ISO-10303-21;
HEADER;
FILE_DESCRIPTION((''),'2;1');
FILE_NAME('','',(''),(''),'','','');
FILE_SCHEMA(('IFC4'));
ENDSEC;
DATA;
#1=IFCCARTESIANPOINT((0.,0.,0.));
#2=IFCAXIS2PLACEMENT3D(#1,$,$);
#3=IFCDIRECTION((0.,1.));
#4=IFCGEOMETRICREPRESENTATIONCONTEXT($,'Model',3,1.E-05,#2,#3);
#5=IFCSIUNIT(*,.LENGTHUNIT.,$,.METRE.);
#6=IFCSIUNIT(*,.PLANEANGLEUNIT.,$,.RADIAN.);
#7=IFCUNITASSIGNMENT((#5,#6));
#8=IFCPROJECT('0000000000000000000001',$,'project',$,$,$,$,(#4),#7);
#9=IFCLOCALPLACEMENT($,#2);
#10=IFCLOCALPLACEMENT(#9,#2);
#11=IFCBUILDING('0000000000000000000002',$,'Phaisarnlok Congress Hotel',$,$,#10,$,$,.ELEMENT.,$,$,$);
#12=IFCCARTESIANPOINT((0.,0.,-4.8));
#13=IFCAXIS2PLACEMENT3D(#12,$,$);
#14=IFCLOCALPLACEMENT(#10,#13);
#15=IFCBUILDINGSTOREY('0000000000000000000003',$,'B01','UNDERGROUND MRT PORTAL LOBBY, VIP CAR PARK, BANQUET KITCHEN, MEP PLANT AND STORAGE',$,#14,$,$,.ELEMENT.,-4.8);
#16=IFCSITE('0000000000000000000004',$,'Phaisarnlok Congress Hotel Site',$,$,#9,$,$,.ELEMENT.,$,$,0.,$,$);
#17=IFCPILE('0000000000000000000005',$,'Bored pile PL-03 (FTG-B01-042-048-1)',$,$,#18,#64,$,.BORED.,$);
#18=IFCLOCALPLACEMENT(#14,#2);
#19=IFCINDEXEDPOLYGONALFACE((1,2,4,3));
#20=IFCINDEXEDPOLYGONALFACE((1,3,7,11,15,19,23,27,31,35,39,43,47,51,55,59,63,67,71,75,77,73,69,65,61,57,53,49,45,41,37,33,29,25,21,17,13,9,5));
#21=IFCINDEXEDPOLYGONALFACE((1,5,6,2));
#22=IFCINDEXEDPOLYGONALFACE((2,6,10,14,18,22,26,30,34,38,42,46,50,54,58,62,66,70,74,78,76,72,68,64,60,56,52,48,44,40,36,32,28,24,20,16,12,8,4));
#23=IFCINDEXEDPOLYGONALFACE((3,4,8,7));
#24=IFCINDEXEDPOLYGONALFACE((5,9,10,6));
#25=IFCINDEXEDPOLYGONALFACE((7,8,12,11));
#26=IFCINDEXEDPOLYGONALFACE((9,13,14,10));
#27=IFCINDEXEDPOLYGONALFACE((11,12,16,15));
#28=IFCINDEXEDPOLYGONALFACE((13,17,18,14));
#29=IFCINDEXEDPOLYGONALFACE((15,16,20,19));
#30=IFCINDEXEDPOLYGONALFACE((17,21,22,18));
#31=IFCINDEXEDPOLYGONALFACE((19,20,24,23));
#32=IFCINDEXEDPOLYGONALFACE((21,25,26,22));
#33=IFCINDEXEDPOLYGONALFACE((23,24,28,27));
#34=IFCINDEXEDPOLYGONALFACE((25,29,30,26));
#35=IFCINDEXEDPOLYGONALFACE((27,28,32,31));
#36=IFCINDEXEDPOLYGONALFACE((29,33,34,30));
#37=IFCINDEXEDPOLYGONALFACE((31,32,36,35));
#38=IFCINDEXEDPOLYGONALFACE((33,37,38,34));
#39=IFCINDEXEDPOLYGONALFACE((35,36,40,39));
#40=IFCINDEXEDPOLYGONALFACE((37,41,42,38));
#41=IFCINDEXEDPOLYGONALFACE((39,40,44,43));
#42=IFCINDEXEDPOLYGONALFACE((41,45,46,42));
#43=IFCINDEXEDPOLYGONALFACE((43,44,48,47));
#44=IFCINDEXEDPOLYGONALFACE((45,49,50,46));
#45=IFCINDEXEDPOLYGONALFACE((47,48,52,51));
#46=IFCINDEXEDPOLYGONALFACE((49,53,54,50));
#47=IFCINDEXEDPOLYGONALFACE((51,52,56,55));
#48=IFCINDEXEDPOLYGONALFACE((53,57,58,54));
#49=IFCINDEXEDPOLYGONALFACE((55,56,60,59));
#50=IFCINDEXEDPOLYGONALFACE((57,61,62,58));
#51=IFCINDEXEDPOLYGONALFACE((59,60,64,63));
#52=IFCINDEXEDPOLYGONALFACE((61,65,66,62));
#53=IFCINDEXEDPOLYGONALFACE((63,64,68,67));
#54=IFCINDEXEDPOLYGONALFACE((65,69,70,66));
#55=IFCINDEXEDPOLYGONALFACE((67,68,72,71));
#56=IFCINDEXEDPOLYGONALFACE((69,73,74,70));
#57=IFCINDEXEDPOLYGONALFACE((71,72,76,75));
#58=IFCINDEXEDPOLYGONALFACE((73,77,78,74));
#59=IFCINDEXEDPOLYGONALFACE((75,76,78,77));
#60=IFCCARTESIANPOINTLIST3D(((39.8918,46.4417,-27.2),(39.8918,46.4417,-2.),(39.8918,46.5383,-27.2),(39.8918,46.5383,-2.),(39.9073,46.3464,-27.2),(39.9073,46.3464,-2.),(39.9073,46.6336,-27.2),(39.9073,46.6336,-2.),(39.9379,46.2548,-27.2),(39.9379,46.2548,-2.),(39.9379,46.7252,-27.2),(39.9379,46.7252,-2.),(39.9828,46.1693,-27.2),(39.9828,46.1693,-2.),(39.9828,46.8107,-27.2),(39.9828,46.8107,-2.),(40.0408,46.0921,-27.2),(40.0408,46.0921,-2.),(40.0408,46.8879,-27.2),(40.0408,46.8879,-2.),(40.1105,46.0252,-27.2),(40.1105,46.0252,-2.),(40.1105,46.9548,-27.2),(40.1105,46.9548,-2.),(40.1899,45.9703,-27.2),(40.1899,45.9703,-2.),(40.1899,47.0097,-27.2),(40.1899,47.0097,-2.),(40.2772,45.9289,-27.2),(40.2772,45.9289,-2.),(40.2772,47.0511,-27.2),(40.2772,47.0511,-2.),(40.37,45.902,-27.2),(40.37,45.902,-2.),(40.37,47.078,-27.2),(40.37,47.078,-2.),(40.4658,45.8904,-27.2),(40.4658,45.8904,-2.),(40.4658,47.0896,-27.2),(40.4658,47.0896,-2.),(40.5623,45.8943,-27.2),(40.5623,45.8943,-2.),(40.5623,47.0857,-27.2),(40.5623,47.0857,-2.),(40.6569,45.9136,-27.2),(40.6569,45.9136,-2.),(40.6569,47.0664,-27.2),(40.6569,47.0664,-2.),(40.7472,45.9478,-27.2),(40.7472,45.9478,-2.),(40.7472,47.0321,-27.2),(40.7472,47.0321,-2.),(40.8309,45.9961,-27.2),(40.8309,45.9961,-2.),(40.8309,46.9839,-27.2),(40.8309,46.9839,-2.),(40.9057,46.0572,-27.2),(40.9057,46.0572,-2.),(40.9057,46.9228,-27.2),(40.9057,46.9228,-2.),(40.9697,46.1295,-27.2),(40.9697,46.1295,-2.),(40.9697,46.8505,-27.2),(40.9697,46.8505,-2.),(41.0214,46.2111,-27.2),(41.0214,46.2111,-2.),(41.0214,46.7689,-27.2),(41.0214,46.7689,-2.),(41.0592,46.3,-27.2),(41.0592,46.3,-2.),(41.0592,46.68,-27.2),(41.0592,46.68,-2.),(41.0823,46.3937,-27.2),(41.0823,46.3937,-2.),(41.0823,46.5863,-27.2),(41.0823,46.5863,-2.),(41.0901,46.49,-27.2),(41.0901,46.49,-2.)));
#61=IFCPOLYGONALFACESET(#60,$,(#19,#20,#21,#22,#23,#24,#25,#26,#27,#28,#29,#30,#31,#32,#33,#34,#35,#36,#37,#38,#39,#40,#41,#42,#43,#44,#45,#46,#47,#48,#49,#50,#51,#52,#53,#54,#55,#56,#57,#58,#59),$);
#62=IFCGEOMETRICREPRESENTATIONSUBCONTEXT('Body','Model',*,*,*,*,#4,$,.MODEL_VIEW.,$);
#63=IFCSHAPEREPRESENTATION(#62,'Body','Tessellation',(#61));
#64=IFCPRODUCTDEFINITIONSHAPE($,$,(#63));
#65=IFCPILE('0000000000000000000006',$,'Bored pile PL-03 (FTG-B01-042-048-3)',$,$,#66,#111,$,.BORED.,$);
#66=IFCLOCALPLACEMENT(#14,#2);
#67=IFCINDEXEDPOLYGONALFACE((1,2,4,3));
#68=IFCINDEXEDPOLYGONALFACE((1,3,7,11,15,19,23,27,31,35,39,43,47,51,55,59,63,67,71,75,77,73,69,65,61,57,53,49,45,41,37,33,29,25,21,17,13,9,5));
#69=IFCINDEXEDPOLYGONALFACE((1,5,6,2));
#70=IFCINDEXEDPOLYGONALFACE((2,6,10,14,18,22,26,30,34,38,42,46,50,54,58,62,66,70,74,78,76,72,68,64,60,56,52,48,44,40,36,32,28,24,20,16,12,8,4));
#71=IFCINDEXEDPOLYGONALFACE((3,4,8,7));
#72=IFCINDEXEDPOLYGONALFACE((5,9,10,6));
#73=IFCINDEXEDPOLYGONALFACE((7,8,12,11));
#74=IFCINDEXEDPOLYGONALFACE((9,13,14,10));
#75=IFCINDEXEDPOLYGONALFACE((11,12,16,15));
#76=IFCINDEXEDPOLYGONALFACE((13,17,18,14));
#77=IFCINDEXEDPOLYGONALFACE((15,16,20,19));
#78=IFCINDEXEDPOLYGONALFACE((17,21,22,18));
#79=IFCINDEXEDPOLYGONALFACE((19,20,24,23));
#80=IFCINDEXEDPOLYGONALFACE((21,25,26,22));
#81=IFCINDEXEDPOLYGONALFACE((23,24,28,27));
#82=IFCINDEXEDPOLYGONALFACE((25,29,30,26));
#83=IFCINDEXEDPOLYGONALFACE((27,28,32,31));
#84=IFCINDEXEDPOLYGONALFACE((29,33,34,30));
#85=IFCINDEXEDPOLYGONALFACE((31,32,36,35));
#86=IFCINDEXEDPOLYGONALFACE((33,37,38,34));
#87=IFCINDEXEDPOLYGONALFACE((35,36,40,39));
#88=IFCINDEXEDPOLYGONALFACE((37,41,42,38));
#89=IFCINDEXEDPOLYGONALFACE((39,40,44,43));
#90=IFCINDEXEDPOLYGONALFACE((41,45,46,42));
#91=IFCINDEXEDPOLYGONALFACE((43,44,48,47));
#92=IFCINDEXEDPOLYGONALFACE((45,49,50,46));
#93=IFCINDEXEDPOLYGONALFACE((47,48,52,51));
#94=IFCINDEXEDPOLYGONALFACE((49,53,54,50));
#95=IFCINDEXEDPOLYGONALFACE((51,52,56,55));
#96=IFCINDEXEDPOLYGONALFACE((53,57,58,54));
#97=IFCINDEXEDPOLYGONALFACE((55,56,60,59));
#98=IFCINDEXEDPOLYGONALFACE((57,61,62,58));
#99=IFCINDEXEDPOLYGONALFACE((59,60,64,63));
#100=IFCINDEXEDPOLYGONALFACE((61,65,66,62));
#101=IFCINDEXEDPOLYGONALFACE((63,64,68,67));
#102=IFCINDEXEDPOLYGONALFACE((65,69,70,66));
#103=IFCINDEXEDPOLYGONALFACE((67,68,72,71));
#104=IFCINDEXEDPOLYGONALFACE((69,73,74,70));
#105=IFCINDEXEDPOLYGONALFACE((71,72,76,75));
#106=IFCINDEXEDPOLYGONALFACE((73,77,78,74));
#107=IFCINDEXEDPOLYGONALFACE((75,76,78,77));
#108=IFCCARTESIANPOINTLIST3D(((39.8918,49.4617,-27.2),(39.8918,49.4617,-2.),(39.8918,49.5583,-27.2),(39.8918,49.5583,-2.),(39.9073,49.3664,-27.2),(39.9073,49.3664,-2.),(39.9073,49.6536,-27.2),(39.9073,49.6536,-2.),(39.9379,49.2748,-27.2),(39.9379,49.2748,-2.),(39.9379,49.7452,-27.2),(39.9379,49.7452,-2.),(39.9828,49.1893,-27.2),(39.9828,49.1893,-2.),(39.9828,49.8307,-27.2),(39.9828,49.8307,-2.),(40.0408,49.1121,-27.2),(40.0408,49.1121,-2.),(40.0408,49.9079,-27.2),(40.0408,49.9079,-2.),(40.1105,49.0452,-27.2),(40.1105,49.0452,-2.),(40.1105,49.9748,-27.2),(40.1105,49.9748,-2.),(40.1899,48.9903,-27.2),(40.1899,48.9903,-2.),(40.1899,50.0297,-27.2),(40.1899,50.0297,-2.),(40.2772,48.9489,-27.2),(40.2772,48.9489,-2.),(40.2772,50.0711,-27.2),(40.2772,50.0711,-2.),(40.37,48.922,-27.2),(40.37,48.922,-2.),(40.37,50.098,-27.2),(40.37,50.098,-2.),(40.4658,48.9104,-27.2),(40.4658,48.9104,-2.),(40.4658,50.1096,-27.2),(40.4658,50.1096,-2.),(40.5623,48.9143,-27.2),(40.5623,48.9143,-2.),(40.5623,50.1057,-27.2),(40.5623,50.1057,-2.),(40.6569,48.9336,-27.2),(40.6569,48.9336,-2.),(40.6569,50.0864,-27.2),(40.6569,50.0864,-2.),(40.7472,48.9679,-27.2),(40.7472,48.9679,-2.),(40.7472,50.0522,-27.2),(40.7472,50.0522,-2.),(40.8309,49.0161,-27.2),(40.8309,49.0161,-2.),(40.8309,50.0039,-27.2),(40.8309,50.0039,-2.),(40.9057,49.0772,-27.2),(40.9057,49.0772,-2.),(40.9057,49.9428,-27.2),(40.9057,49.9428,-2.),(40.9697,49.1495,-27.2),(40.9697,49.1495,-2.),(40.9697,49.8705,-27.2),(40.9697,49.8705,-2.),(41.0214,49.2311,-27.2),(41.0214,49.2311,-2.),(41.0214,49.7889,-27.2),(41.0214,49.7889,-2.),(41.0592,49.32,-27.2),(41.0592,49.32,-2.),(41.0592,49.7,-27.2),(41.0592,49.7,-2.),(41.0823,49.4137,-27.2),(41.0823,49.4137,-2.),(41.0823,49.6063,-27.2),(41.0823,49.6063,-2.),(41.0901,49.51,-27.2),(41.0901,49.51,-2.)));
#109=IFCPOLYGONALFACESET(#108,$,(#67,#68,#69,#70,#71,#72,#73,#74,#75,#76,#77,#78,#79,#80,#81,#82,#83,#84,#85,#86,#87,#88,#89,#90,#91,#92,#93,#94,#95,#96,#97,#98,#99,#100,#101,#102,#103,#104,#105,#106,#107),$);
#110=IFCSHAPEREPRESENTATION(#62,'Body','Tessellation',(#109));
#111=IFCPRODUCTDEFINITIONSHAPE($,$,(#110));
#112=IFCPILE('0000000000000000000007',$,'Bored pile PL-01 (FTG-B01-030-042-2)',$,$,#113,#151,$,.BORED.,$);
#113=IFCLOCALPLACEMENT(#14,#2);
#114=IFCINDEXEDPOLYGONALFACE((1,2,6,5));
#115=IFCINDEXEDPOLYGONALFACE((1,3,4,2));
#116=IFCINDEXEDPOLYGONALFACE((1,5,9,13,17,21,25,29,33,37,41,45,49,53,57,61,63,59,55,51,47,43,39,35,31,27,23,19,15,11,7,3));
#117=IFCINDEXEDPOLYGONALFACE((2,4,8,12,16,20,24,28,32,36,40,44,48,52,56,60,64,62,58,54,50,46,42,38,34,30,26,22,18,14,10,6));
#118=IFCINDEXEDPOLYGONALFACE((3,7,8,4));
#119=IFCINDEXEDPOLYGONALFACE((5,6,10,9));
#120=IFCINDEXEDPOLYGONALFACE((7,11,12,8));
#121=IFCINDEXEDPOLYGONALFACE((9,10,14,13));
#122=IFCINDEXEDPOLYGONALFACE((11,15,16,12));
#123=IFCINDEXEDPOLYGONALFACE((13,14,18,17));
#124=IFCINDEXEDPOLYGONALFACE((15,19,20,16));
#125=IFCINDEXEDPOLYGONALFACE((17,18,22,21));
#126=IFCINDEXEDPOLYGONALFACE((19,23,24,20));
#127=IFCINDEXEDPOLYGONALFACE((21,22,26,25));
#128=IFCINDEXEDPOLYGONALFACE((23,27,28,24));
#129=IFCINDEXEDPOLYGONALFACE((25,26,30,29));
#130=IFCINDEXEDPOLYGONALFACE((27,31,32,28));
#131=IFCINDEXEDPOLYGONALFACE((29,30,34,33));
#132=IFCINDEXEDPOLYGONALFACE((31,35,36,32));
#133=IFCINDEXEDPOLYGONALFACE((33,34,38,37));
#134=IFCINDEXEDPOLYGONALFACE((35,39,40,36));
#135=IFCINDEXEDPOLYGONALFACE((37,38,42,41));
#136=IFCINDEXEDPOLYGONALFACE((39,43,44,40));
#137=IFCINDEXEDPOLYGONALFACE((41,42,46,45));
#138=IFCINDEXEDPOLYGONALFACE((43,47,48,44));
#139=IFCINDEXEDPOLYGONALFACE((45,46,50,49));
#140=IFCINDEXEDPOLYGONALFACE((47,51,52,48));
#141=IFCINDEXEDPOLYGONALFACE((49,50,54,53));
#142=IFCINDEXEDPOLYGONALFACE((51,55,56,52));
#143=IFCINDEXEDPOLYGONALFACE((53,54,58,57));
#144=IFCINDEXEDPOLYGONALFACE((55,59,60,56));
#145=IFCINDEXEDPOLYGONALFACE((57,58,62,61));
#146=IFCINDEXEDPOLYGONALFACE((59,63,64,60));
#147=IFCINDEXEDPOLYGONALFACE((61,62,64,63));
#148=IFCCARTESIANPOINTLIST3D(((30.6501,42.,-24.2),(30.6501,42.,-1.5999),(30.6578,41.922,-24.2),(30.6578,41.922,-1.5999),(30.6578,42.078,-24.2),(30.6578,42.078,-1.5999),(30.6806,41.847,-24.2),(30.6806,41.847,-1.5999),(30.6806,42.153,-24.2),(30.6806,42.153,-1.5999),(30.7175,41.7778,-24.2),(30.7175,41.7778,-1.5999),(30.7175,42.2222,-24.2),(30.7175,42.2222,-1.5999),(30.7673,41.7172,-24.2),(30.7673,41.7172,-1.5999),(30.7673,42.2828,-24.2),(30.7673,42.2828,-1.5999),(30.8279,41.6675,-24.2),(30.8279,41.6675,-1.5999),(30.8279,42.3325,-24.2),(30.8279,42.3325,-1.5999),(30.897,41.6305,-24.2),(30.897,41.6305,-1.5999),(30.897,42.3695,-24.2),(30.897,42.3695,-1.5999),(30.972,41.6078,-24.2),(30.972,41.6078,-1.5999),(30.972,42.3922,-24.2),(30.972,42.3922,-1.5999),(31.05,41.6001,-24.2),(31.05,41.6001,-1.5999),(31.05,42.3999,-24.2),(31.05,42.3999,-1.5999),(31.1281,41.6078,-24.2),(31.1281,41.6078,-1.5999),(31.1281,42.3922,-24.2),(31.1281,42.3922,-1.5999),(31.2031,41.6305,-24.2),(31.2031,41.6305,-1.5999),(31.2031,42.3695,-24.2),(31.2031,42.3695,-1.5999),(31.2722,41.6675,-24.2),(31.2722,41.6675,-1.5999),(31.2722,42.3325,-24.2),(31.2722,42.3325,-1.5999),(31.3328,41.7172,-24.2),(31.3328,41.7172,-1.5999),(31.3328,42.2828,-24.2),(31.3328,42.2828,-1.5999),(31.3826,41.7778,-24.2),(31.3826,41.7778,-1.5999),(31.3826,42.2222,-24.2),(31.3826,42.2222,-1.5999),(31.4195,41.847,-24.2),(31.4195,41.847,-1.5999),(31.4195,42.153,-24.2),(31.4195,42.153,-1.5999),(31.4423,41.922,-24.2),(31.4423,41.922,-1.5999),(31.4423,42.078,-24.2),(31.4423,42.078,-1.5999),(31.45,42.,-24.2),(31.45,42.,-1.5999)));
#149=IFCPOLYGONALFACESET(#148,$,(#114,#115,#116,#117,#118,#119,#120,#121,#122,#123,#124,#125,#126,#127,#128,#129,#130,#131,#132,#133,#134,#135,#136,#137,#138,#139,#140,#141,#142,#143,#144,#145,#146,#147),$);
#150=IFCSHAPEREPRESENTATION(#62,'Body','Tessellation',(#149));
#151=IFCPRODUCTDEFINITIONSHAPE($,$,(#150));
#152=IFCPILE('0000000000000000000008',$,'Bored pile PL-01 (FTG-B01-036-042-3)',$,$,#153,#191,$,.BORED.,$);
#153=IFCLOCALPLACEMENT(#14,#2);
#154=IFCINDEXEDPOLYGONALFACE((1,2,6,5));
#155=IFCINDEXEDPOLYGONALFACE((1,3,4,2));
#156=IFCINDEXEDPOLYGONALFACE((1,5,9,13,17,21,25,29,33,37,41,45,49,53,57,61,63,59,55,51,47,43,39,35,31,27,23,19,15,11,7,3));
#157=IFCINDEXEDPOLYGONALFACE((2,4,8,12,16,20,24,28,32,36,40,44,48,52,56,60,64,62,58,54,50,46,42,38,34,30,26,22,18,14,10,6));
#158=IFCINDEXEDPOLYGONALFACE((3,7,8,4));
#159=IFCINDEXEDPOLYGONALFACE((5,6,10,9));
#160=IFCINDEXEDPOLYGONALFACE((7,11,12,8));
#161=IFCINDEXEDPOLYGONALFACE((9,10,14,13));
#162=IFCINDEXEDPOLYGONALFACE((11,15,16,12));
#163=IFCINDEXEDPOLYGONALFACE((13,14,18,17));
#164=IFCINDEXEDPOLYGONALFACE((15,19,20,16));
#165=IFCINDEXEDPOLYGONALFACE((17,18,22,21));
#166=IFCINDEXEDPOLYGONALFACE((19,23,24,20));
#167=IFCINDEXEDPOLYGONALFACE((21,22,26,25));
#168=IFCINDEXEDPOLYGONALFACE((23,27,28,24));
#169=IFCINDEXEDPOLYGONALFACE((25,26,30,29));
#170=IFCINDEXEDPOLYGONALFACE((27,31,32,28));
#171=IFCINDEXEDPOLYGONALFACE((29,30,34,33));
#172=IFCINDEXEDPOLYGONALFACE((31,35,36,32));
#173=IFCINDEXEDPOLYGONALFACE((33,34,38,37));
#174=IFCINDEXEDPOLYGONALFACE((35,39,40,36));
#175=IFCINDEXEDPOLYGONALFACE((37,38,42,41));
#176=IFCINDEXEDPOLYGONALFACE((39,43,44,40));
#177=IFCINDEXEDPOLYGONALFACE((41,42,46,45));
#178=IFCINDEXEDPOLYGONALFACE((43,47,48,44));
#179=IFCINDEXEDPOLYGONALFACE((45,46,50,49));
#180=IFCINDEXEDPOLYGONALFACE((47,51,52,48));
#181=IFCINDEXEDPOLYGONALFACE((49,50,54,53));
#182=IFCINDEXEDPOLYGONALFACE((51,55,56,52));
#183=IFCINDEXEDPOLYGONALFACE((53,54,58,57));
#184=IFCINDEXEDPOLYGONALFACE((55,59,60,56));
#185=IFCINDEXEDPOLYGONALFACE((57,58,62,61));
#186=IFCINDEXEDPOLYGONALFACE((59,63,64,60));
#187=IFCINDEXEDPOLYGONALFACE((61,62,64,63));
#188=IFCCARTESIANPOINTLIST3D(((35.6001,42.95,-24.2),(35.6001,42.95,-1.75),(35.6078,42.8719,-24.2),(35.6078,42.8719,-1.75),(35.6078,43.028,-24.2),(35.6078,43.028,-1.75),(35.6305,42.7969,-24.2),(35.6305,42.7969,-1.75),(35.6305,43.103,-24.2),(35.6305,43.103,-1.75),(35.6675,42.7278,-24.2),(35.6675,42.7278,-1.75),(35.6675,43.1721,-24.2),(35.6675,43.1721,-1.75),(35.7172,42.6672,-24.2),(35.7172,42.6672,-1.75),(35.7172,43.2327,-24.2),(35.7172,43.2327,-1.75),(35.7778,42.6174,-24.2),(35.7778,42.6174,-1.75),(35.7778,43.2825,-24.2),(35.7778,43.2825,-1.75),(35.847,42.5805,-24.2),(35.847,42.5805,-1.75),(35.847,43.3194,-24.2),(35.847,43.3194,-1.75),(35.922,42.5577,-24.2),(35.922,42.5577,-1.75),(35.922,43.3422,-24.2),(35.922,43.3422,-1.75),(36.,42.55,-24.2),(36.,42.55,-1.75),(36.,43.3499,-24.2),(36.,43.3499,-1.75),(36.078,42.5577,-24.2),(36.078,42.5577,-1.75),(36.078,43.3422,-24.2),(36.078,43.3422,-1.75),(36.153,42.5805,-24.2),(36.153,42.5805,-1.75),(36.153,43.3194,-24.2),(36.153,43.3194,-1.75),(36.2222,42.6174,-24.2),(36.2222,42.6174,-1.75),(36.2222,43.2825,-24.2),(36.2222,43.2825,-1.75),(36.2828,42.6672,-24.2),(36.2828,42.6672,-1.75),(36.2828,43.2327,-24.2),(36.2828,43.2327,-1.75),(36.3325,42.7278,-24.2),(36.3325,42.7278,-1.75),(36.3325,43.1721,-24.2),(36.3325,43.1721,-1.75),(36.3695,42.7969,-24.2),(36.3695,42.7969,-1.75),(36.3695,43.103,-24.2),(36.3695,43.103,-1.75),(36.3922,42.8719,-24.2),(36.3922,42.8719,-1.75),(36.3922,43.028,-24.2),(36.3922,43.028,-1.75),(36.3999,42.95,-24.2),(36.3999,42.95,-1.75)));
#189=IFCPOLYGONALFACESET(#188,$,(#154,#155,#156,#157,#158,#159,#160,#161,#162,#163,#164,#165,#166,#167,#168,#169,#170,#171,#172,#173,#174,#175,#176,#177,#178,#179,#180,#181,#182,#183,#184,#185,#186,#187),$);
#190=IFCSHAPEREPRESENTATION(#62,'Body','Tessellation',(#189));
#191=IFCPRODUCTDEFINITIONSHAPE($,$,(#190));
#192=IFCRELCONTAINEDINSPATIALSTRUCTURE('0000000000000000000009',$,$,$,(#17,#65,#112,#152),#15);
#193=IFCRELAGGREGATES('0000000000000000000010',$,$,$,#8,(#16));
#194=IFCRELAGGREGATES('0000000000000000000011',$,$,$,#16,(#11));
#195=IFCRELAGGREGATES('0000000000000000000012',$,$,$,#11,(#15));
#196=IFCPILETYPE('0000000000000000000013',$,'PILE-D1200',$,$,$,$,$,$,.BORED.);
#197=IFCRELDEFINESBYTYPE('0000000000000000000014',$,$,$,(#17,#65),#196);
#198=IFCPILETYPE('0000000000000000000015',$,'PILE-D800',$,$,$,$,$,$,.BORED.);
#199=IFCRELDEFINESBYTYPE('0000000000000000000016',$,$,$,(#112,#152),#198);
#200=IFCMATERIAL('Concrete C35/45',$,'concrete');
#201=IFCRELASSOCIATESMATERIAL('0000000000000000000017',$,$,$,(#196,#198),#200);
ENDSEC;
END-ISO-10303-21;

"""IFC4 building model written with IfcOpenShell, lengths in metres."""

from ifc_helpers import new_model, si_unit, direction, frame, origin, origin_2d, place, context, subcontext, project, spatial, circle, extrude, material, material_profile, profile_set, type_object, element, save


model = new_model("IFC4")

# Units and contexts
model_context = context("Model", 3, precision=1e-05, world=origin(), true_north=direction((0.0, 1.0)))
body_context = subcontext(model_context, "Body", "Model", "MODEL_VIEW")
ifc_project = project(units=[si_unit("LENGTHUNIT", "METRE"), si_unit("PLANEANGLEUNIT", "RADIAN")], contexts=[model_context])

# Site, building, storey
site_placement = place(None, origin())
site = spatial("IfcSite", under=ifc_project, at=site_placement, Name="Phaisarnlok Congress Hotel Site", CompositionType="ELEMENT", RefElevation=0.0)
building_placement = place(site_placement, origin())
building = spatial("IfcBuilding", under=site, at=building_placement, Name="Phaisarnlok Congress Hotel", CompositionType="ELEMENT")
storey_placement = place(building_placement, frame((0.0, 0.0, -4.8)))
storey = spatial("IfcBuildingStorey", under=building, at=storey_placement, Name="B01", Description="UNDERGROUND MRT PORTAL LOBBY, VIP CAR PARK, BANQUET KITCHEN, MEP PLANT AND STORAGE", CompositionType="ELEMENT", Elevation=-4.8)

# Piles
ifc_material_1 = material(Name="Concrete C35/45", Category="concrete")
ifc_material_profile_1 = material_profile(ifc_material_1, circle(Radius=0.6001, at=origin_2d()), Name="BORED PILE D1200")
ifc_profile_set_1 = profile_set([ifc_material_profile_1], Name="Concrete C35/45")
pile_type_1 = type_object("IfcPileType", Name="PILE-D1200", PredefinedType="BORED", material=ifc_profile_set_1)
for number, where, z_axis, x_axis, name in (
    (1, (40.49, 46.49, -2.0), (0.0, 0.0, -1.0), (1.0, 0.0, 0.0), "Bored pile PL-03 (FTG-B01-042-048-1)"),
    (2, (40.49, 49.51, -2.0), (0.0, 0.0, -1.0), (1.0, 0.0, 0.0), "Bored pile PL-03 (FTG-B01-042-048-3)"),
):
    element("IfcPile", number, at=place(storey_placement, frame(where, z_axis=z_axis, x_axis=x_axis)), inside=storey, type_object=pile_type_1, Name=name, PredefinedType="BORED", context=body_context, shape_type="SweptSolid", body=[
        extrude(circle(Radius=0.6001, at=origin_2d()), origin(), (0.0, 0.0, 1.0), 25.2),
    ])
ifc_material_profile_2 = material_profile(ifc_material_1, circle(Radius=0.3999, at=origin_2d()), Name="BORED PILE D800")
ifc_profile_set_2 = profile_set([ifc_material_profile_2], Name="Concrete C35/45")
pile_type_2 = type_object("IfcPileType", Name="PILE-D800", PredefinedType="BORED", material=ifc_profile_set_2)
pile_1_placement = place(storey_placement, frame((31.05, 42.0, -1.5999), z_axis=(0.0, 0.0, -1.0), x_axis=(1.0, 0.0, 0.0)))
element("IfcPile", 3, at=pile_1_placement, inside=storey, type_object=pile_type_2, Name="Bored pile PL-01 (FTG-B01-030-042-2)", PredefinedType="BORED", context=body_context, shape_type="SweptSolid", body=[
    extrude(circle(Radius=0.3999, at=origin_2d()), origin(), (0.0, 0.0, 1.0), 22.6001),
])
pile_2_placement = place(storey_placement, frame((36.0, 42.95, -1.75), z_axis=(0.0, 0.0, -1.0), x_axis=(1.0, 0.0, 0.0)))
element("IfcPile", 4, at=pile_2_placement, inside=storey, type_object=pile_type_2, Name="Bored pile PL-01 (FTG-B01-036-042-3)", PredefinedType="BORED", context=body_context, shape_type="SweptSolid", body=[
    extrude(circle(Radius=0.3999, at=origin_2d()), origin(), (0.0, 0.0, 1.0), 22.45),
])

save(model, "model.ifc")
